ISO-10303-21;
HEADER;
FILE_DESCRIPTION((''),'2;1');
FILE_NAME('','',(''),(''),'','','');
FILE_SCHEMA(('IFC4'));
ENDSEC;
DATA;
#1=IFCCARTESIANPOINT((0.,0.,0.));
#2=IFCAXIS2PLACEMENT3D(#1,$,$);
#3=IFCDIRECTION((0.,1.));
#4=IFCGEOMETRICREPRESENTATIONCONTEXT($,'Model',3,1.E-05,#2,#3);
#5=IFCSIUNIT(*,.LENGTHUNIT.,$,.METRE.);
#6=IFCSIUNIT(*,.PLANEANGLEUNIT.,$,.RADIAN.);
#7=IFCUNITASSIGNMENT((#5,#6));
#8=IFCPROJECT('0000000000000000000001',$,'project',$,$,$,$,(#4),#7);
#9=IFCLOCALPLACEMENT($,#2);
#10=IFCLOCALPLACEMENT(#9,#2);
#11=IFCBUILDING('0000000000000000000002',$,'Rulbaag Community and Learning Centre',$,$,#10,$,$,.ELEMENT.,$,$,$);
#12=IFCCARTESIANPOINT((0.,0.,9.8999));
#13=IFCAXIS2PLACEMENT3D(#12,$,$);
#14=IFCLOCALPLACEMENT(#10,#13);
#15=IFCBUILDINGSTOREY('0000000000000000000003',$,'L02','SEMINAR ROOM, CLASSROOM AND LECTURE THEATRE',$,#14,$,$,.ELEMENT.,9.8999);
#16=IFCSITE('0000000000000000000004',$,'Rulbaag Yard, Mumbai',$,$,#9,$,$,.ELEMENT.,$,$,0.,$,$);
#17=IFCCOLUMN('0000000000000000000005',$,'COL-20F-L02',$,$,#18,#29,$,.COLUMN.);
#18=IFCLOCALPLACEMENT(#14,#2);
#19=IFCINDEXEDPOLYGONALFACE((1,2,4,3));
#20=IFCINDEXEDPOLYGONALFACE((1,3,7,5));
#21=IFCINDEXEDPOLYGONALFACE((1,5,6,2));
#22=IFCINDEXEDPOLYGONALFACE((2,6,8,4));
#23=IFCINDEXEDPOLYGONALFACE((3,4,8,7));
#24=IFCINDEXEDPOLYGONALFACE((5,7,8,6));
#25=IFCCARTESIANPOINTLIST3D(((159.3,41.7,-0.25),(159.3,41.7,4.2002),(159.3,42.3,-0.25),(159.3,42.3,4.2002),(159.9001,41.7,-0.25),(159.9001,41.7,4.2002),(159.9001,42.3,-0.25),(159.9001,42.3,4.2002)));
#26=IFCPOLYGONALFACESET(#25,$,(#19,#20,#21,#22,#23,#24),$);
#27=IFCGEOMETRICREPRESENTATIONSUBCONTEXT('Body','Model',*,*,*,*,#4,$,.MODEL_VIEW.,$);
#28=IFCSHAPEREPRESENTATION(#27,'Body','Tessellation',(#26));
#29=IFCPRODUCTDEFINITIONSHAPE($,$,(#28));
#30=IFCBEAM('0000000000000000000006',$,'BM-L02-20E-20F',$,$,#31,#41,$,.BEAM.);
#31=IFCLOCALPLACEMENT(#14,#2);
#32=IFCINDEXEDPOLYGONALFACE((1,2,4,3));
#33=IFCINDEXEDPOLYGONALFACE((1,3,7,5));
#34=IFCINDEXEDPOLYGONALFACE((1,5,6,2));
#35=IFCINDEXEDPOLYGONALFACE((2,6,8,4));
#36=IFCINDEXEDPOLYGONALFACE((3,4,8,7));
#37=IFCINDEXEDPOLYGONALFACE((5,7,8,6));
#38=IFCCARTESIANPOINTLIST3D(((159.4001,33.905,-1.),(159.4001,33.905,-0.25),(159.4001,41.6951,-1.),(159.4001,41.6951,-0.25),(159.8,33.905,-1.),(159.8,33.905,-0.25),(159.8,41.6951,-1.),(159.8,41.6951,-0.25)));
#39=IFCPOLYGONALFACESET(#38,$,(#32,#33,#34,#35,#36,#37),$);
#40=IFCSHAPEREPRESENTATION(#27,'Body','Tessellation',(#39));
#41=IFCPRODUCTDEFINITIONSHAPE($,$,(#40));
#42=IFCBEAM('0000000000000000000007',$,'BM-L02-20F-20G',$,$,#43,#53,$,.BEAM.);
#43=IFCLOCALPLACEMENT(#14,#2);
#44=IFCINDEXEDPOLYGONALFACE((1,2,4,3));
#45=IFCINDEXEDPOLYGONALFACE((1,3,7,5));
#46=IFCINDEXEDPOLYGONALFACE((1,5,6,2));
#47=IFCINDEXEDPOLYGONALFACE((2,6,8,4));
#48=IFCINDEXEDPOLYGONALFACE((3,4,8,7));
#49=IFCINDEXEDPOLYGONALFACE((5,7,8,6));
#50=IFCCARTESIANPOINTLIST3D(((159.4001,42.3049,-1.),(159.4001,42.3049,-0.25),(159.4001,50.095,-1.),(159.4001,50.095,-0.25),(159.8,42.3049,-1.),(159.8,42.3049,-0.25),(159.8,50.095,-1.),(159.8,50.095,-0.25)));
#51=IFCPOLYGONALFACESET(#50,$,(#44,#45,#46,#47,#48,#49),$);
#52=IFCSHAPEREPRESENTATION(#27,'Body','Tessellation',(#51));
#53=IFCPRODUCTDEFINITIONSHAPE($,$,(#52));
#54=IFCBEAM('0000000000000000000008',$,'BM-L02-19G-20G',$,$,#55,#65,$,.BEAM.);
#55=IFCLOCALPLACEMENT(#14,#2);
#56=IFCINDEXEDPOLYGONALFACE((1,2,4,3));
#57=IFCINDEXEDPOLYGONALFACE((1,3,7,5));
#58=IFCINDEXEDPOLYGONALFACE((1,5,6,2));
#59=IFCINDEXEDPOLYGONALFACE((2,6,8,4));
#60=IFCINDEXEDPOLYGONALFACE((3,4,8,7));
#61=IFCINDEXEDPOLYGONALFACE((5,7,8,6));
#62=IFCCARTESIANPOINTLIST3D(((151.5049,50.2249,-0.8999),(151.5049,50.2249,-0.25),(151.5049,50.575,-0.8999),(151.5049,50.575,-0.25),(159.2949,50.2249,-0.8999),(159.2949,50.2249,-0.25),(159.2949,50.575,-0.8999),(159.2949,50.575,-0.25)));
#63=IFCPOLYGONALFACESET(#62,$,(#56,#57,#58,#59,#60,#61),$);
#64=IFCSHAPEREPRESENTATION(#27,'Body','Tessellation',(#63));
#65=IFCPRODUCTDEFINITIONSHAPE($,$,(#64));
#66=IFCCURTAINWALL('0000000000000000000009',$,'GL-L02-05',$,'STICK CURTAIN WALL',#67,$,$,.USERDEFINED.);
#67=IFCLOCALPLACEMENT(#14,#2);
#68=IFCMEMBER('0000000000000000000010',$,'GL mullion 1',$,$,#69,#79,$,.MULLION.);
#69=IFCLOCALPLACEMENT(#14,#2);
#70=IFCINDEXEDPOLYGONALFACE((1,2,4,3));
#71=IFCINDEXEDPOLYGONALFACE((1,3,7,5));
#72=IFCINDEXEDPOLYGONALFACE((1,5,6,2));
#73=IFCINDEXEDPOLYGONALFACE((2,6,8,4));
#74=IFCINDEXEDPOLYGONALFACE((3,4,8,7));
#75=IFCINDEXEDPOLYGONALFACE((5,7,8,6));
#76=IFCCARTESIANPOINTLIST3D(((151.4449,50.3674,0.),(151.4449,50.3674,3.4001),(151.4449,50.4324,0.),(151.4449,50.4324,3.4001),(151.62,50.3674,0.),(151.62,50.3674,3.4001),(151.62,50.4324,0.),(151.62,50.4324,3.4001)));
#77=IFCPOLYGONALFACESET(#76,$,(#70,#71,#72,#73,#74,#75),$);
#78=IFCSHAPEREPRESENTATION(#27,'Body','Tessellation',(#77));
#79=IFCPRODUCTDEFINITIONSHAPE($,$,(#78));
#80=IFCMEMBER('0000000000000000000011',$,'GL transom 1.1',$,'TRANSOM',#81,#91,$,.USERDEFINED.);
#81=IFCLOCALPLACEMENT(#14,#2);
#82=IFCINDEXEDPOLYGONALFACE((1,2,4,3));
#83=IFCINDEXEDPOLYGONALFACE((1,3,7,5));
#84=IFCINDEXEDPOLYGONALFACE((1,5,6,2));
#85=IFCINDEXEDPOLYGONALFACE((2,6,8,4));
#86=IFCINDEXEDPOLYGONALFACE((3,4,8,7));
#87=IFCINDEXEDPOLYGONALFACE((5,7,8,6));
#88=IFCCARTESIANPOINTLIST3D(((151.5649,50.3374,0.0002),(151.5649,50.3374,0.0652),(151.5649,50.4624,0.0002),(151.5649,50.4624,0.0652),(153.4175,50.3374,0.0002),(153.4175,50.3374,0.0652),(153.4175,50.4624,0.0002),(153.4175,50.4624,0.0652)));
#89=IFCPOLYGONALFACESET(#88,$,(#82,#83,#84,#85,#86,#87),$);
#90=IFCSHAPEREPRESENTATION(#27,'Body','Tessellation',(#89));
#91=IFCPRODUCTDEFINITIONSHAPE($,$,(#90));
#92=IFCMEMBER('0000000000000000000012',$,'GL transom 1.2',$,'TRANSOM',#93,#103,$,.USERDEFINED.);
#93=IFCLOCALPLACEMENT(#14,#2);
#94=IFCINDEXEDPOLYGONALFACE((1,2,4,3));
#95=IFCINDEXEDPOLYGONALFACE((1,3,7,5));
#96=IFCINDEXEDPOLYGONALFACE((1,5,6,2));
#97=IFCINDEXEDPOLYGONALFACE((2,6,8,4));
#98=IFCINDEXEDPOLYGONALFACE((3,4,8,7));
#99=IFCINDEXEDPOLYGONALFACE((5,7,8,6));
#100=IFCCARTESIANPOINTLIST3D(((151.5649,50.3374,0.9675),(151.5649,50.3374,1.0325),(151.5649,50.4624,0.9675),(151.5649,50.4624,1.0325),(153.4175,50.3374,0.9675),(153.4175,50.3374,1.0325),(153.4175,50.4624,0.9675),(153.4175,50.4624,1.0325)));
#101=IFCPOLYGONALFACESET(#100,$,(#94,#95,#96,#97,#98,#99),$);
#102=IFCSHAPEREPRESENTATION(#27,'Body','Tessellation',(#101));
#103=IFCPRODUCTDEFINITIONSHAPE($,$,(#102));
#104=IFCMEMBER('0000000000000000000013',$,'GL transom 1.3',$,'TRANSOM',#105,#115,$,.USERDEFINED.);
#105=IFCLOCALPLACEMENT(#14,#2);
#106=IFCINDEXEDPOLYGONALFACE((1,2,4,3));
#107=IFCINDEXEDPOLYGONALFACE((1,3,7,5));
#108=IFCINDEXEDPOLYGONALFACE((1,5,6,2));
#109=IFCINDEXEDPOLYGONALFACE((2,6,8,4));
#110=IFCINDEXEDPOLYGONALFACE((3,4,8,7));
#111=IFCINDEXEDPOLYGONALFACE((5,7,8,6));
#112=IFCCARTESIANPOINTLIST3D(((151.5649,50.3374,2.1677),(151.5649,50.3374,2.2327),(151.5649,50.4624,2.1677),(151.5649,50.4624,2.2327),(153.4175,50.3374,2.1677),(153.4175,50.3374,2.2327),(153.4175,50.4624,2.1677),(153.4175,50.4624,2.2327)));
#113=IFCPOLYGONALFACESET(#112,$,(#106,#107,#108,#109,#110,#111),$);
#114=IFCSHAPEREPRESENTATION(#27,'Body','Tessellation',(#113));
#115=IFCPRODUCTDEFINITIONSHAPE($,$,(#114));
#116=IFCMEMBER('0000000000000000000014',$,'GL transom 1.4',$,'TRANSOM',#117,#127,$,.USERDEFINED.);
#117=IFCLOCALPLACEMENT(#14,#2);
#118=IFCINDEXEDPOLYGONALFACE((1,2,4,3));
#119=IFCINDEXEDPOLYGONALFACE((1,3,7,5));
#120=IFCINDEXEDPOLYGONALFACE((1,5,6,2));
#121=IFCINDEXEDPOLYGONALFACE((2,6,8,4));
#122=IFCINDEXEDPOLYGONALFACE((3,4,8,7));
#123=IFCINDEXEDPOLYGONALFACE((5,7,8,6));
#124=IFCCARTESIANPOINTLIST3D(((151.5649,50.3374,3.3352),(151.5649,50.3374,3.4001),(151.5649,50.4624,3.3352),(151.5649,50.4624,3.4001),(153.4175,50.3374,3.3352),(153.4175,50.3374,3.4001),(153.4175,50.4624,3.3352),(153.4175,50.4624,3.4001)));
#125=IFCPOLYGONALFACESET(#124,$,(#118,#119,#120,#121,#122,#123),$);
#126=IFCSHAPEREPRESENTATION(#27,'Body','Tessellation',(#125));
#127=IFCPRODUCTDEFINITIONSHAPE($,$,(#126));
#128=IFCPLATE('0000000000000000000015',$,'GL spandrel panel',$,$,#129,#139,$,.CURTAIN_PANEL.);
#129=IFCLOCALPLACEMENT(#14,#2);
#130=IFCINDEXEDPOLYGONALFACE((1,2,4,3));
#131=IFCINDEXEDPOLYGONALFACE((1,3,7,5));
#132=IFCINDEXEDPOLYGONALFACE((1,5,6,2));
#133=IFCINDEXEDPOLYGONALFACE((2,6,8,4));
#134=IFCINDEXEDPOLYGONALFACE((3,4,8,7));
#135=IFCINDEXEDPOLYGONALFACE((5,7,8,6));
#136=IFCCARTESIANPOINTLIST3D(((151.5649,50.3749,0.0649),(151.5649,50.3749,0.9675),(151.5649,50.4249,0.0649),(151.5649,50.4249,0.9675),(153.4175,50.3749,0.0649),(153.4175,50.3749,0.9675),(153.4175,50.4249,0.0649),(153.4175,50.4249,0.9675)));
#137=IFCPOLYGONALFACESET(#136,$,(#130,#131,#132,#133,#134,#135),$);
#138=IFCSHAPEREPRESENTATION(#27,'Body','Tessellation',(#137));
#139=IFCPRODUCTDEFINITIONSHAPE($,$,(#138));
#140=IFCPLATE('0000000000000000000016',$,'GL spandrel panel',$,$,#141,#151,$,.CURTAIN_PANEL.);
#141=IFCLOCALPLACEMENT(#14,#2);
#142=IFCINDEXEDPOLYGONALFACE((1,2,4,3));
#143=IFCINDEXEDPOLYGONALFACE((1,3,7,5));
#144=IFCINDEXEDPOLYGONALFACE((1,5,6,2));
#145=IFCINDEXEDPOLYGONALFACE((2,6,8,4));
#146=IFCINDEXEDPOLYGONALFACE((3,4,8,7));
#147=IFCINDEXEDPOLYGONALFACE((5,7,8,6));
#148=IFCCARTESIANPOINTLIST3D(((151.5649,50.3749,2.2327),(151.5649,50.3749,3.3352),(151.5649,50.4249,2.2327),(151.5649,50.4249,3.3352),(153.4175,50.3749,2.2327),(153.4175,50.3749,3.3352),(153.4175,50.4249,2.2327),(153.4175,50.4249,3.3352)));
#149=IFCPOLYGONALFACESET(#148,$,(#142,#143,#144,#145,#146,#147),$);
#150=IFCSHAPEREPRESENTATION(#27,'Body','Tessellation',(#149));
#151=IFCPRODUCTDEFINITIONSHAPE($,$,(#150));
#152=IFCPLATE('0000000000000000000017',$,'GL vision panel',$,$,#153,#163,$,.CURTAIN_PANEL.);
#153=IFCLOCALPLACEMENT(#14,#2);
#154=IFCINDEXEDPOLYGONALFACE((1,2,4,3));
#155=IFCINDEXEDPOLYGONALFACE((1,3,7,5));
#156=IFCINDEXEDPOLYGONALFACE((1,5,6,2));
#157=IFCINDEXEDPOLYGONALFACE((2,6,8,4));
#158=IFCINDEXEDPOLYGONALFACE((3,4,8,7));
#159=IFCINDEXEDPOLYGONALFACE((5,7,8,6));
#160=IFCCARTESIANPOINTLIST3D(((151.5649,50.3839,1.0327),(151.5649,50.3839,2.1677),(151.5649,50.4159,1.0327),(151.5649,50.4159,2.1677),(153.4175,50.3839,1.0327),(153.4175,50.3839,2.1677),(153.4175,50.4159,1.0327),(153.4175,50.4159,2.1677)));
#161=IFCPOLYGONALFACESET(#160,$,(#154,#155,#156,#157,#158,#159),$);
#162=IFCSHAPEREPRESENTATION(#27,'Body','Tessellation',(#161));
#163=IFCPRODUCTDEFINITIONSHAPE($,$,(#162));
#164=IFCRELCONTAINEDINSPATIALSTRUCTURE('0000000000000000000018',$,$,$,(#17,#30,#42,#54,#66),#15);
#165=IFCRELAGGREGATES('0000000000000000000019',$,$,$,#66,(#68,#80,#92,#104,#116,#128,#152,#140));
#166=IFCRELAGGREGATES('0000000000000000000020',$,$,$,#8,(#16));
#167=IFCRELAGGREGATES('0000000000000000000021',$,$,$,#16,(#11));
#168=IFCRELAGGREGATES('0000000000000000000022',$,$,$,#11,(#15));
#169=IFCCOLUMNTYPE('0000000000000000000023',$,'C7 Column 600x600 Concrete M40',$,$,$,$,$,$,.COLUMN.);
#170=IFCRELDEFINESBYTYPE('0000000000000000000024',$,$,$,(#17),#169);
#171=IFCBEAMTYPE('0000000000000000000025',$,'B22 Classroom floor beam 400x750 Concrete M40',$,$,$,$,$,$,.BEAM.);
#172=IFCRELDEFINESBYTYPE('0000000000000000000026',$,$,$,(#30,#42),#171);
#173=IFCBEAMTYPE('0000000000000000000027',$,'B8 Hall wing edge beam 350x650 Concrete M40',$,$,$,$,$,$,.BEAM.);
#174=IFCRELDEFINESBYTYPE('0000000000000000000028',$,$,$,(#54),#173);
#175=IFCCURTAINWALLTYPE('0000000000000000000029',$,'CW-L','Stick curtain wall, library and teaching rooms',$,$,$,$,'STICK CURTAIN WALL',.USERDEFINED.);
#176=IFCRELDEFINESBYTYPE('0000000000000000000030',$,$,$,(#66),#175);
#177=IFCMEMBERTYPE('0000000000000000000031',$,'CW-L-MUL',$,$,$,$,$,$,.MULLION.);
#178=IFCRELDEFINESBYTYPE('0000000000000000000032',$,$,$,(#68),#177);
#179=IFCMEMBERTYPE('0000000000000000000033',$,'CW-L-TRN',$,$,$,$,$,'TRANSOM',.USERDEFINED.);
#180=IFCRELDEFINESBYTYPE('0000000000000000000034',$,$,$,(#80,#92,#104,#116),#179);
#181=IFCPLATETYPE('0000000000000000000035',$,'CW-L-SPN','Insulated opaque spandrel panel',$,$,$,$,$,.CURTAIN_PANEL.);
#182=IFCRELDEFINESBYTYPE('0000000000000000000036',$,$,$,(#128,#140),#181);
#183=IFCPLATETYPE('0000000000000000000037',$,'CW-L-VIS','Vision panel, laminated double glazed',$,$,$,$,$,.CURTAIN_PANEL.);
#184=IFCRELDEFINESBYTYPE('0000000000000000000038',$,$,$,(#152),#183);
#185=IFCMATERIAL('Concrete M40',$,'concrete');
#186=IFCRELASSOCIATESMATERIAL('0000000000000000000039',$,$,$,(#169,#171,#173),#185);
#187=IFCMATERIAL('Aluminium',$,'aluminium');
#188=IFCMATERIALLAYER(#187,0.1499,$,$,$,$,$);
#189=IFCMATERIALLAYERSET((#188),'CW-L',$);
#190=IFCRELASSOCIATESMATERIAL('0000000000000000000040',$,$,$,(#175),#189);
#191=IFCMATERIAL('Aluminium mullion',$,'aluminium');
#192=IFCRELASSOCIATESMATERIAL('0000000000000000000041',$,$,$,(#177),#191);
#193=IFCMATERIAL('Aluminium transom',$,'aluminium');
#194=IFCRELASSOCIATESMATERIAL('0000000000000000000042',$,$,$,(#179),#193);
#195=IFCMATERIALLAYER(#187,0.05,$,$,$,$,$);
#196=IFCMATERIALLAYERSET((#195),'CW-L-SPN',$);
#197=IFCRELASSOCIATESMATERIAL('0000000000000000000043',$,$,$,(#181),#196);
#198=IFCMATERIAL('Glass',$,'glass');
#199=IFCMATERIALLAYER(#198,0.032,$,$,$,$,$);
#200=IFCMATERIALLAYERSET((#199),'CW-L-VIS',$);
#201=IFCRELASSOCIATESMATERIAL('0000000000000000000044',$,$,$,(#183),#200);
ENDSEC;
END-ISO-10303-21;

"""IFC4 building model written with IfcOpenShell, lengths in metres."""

from ifc_helpers import new_model, si_unit, direction, frame, origin, origin_2d, place, context, subcontext, project, spatial, rectangle, extrude, material, layer, layer_set, material_profile, profile_set, type_object, element, aggregate, save


model = new_model("IFC4")

# Units and contexts
model_context = context("Model", 3, precision=1e-05, world=origin(), true_north=direction((0.0, 1.0)))
body_context = subcontext(model_context, "Body", "Model", "MODEL_VIEW")
ifc_project = project(units=[si_unit("LENGTHUNIT", "METRE"), si_unit("PLANEANGLEUNIT", "RADIAN")], contexts=[model_context])

# Site, building, storey
site_placement = place(None, origin())
site = spatial("IfcSite", under=ifc_project, at=site_placement, Name="Rulbaag Yard, Mumbai", CompositionType="ELEMENT", RefElevation=0.0)
building_placement = place(site_placement, origin())
building = spatial("IfcBuilding", under=site, at=building_placement, Name="Rulbaag Community and Learning Centre", CompositionType="ELEMENT")
storey_placement = place(building_placement, frame((0.0, 0.0, 9.8999)))
storey = spatial("IfcBuildingStorey", under=building, at=storey_placement, Name="L02", Description="SEMINAR ROOM, CLASSROOM AND LECTURE THEATRE", CompositionType="ELEMENT", Elevation=9.8999)

# Column
ifc_material_1 = material(Name="Concrete M40", Category="concrete")
ifc_material_profile_1 = material_profile(ifc_material_1, rectangle(XDim=0.6001, YDim=0.6001, at=origin_2d()), Name="RC600x600")
ifc_profile_set_1 = profile_set([ifc_material_profile_1], Name="Concrete M40")
column_type = type_object("IfcColumnType", Name="C7 Column 600x600 Concrete M40", PredefinedType="COLUMN", material=ifc_profile_set_1)
column_placement = place(storey_placement, frame((159.6001, 42.0, -0.25), z_axis=(0.0, 0.0, 1.0), x_axis=(1.0, 0.0, 0.0)))
element("IfcColumn", 1, at=column_placement, inside=storey, type_object=column_type, Name="COL-20F-L02", PredefinedType="COLUMN", context=body_context, shape_type="SweptSolid", body=[
    extrude(rectangle(XDim=0.6001, YDim=0.6001, at=origin_2d()), origin(), (0.0, 0.0, 1.0), 4.4502),
])

# Beams
ifc_material_profile_2 = material_profile(ifc_material_1, rectangle(XDim=0.3999, YDim=0.75, at=origin_2d()), Name="RB400x750")
ifc_profile_set_2 = profile_set([ifc_material_profile_2], Name="Concrete M40")
beam_type_1 = type_object("IfcBeamType", Name="B22 Classroom floor beam 400x750 Concrete M40", PredefinedType="BEAM", material=ifc_profile_set_2)
for number, where, z_axis, x_axis, name in (
    (2, (159.6001, 33.905, -0.625), (0.0, 1.0, 0.0), (-1.0, 0.0, 0.0), "BM-L02-20E-20F"),
    (3, (159.6001, 42.3049, -0.625), (0.0, 1.0, 0.0), (-1.0, 0.0, 0.0), "BM-L02-20F-20G"),
):
    element("IfcBeam", number, at=place(storey_placement, frame(where, z_axis=z_axis, x_axis=x_axis)), inside=storey, type_object=beam_type_1, Name=name, PredefinedType="BEAM", context=body_context, shape_type="SweptSolid", body=[
        extrude(rectangle(XDim=0.3999, YDim=0.75, at=origin_2d()), origin(), (0.0, 0.0, 1.0), 7.79),
    ])
ifc_material_profile_3 = material_profile(ifc_material_1, rectangle(XDim=0.3501, YDim=0.6499, at=origin_2d()), Name="RB350x650")
ifc_profile_set_3 = profile_set([ifc_material_profile_3], Name="Concrete M40")
beam_type_2 = type_object("IfcBeamType", Name="B8 Hall wing edge beam 350x650 Concrete M40", PredefinedType="BEAM", material=ifc_profile_set_3)
beam_placement = place(storey_placement, frame((151.5049, 50.3999, -0.575), z_axis=(1.0, 0.0, 0.0), x_axis=(0.0, 1.0, 0.0)))
element("IfcBeam", 4, at=beam_placement, inside=storey, type_object=beam_type_2, Name="BM-L02-19G-20G", PredefinedType="BEAM", context=body_context, shape_type="SweptSolid", body=[
    extrude(rectangle(XDim=0.3501, YDim=0.6499, at=origin_2d()), origin(), (0.0, 0.0, 1.0), 7.79),
])

# Curtain wall, members, plates
ifc_material_2 = material(Name="Aluminium", Category="aluminium")
ifc_layer_1 = layer(ifc_material_2, 0.1499)
ifc_layer_set_1 = layer_set([ifc_layer_1], Name="CW-L")
curtain_wall_type = type_object("IfcCurtainWallType", Name="CW-L", Description="Stick curtain wall, library and teaching rooms", ElementType="STICK CURTAIN WALL", PredefinedType="USERDEFINED", material=ifc_layer_set_1)
curtain_wall_placement = place(storey_placement, origin())
curtain_wall = element("IfcCurtainWall", 5, at=curtain_wall_placement, inside=storey, type_object=curtain_wall_type, Name="GL-L02-05", ObjectType="STICK CURTAIN WALL", PredefinedType="USERDEFINED")
ifc_material_3 = material(Name="Aluminium mullion", Category="aluminium")
ifc_material_profile_4 = material_profile(ifc_material_3, rectangle(XDim=0.0649, YDim=0.175, at=origin_2d()), Name="AL 65x175")
ifc_profile_set_4 = profile_set([ifc_material_profile_4], Name="Aluminium mullion")
member_type_1 = type_object("IfcMemberType", Name="CW-L-MUL", PredefinedType="MULLION", material=ifc_profile_set_4)
member_1_placement = place(storey_placement, frame((151.5325, 50.3999, 0.0), z_axis=(0.0, 0.0, 1.0), x_axis=(0.0, 1.0, 0.0)))
member_1 = element("IfcMember", 6, at=member_1_placement, type_object=member_type_1, Name="GL mullion 1", PredefinedType="MULLION", context=body_context, shape_type="SweptSolid", body=[
    extrude(rectangle(XDim=0.0649, YDim=0.175, at=origin_2d()), origin(), (0.0, 0.0, 1.0), 3.4001),
])
ifc_material_4 = material(Name="Aluminium transom", Category="aluminium")
ifc_material_profile_5 = material_profile(ifc_material_4, rectangle(XDim=0.125, YDim=0.0649, at=origin_2d()), Name="AL 65x125 T")
ifc_profile_set_5 = profile_set([ifc_material_profile_5], Name="Aluminium transom")
member_type_2 = type_object("IfcMemberType", Name="CW-L-TRN", ElementType="TRANSOM", PredefinedType="USERDEFINED", material=ifc_profile_set_5)
member_2_placement = place(storey_placement, frame((151.5649, 50.3999, 0.0327), z_axis=(1.0, 0.0, 0.0), x_axis=(0.0, 1.0, 0.0)))
member_2 = element("IfcMember", 7, at=member_2_placement, type_object=member_type_2, Name="GL transom 1.1", ObjectType="TRANSOM", PredefinedType="USERDEFINED", context=body_context, shape_type="SweptSolid", body=[
    extrude(rectangle(XDim=0.125, YDim=0.0649, at=origin_2d()), origin(), (0.0, 0.0, 1.0), 1.8525),
])
member_3_placement = place(storey_placement, frame((151.5649, 50.3999, 1.0), z_axis=(1.0, 0.0, 0.0), x_axis=(0.0, 1.0, 0.0)))
member_3 = element("IfcMember", 8, at=member_3_placement, type_object=member_type_2, Name="GL transom 1.2", ObjectType="TRANSOM", PredefinedType="USERDEFINED", context=body_context, shape_type="SweptSolid", body=[
    extrude(rectangle(XDim=0.125, YDim=0.0649, at=origin_2d()), origin(), (0.0, 0.0, 1.0), 1.8525),
])
member_4_placement = place(storey_placement, frame((151.5649, 50.3999, 2.2002), z_axis=(1.0, 0.0, 0.0), x_axis=(0.0, 1.0, 0.0)))
member_4 = element("IfcMember", 9, at=member_4_placement, type_object=member_type_2, Name="GL transom 1.3", ObjectType="TRANSOM", PredefinedType="USERDEFINED", context=body_context, shape_type="SweptSolid", body=[
    extrude(rectangle(XDim=0.125, YDim=0.0649, at=origin_2d()), origin(), (0.0, 0.0, 1.0), 1.8525),
])
member_5_placement = place(storey_placement, frame((151.5649, 50.3999, 3.3677), z_axis=(1.0, 0.0, 0.0), x_axis=(0.0, 1.0, 0.0)))
member_5 = element("IfcMember", 10, at=member_5_placement, type_object=member_type_2, Name="GL transom 1.4", ObjectType="TRANSOM", PredefinedType="USERDEFINED", context=body_context, shape_type="SweptSolid", body=[
    extrude(rectangle(XDim=0.125, YDim=0.0649, at=origin_2d()), origin(), (0.0, 0.0, 1.0), 1.8525),
])
ifc_layer_2 = layer(ifc_material_2, 0.05)
ifc_layer_set_2 = layer_set([ifc_layer_2], Name="CW-L-SPN")
plate_type_1 = type_object("IfcPlateType", Name="CW-L-SPN", Description="Insulated opaque spandrel panel", PredefinedType="CURTAIN_PANEL", material=ifc_layer_set_2)
plate_1_placement = place(storey_placement, frame((152.4912, 50.3999, 0.0649), z_axis=(0.0, 0.0, 1.0), x_axis=(1.0, 0.0, 0.0)))
plate_1 = element("IfcPlate", 11, at=plate_1_placement, type_object=plate_type_1, Name="GL spandrel panel", PredefinedType="CURTAIN_PANEL", context=body_context, shape_type="SweptSolid", body=[
    extrude(rectangle(XDim=1.8525, YDim=0.05, at=origin_2d()), origin(), (0.0, 0.0, 1.0), 0.9026),
])
plate_2_placement = place(storey_placement, frame((152.4912, 50.3999, 2.2327), z_axis=(0.0, 0.0, 1.0), x_axis=(1.0, 0.0, 0.0)))
plate_2 = element("IfcPlate", 12, at=plate_2_placement, type_object=plate_type_1, Name="GL spandrel panel", PredefinedType="CURTAIN_PANEL", context=body_context, shape_type="SweptSolid", body=[
    extrude(rectangle(XDim=1.8525, YDim=0.05, at=origin_2d()), origin(), (0.0, 0.0, 1.0), 1.1025),
])
ifc_material_5 = material(Name="Glass", Category="glass")
ifc_layer_3 = layer(ifc_material_5, 0.032)
ifc_layer_set_3 = layer_set([ifc_layer_3], Name="CW-L-VIS")
plate_type_2 = type_object("IfcPlateType", Name="CW-L-VIS", Description="Vision panel, laminated double glazed", PredefinedType="CURTAIN_PANEL", material=ifc_layer_set_3)
plate_3_placement = place(storey_placement, frame((152.4912, 50.3999, 1.0327), z_axis=(0.0, 0.0, 1.0), x_axis=(1.0, 0.0, 0.0)))
plate_3 = element("IfcPlate", 13, at=plate_3_placement, type_object=plate_type_2, Name="GL vision panel", PredefinedType="CURTAIN_PANEL", context=body_context, shape_type="SweptSolid", body=[
    extrude(rectangle(XDim=1.8525, YDim=0.032, at=origin_2d()), origin(), (0.0, 0.0, 1.0), 1.135),
])
aggregate(curtain_wall, [member_1, member_2, member_3, member_4, member_5, plate_1, plate_3, plate_2])

save(model, "model.ifc")
